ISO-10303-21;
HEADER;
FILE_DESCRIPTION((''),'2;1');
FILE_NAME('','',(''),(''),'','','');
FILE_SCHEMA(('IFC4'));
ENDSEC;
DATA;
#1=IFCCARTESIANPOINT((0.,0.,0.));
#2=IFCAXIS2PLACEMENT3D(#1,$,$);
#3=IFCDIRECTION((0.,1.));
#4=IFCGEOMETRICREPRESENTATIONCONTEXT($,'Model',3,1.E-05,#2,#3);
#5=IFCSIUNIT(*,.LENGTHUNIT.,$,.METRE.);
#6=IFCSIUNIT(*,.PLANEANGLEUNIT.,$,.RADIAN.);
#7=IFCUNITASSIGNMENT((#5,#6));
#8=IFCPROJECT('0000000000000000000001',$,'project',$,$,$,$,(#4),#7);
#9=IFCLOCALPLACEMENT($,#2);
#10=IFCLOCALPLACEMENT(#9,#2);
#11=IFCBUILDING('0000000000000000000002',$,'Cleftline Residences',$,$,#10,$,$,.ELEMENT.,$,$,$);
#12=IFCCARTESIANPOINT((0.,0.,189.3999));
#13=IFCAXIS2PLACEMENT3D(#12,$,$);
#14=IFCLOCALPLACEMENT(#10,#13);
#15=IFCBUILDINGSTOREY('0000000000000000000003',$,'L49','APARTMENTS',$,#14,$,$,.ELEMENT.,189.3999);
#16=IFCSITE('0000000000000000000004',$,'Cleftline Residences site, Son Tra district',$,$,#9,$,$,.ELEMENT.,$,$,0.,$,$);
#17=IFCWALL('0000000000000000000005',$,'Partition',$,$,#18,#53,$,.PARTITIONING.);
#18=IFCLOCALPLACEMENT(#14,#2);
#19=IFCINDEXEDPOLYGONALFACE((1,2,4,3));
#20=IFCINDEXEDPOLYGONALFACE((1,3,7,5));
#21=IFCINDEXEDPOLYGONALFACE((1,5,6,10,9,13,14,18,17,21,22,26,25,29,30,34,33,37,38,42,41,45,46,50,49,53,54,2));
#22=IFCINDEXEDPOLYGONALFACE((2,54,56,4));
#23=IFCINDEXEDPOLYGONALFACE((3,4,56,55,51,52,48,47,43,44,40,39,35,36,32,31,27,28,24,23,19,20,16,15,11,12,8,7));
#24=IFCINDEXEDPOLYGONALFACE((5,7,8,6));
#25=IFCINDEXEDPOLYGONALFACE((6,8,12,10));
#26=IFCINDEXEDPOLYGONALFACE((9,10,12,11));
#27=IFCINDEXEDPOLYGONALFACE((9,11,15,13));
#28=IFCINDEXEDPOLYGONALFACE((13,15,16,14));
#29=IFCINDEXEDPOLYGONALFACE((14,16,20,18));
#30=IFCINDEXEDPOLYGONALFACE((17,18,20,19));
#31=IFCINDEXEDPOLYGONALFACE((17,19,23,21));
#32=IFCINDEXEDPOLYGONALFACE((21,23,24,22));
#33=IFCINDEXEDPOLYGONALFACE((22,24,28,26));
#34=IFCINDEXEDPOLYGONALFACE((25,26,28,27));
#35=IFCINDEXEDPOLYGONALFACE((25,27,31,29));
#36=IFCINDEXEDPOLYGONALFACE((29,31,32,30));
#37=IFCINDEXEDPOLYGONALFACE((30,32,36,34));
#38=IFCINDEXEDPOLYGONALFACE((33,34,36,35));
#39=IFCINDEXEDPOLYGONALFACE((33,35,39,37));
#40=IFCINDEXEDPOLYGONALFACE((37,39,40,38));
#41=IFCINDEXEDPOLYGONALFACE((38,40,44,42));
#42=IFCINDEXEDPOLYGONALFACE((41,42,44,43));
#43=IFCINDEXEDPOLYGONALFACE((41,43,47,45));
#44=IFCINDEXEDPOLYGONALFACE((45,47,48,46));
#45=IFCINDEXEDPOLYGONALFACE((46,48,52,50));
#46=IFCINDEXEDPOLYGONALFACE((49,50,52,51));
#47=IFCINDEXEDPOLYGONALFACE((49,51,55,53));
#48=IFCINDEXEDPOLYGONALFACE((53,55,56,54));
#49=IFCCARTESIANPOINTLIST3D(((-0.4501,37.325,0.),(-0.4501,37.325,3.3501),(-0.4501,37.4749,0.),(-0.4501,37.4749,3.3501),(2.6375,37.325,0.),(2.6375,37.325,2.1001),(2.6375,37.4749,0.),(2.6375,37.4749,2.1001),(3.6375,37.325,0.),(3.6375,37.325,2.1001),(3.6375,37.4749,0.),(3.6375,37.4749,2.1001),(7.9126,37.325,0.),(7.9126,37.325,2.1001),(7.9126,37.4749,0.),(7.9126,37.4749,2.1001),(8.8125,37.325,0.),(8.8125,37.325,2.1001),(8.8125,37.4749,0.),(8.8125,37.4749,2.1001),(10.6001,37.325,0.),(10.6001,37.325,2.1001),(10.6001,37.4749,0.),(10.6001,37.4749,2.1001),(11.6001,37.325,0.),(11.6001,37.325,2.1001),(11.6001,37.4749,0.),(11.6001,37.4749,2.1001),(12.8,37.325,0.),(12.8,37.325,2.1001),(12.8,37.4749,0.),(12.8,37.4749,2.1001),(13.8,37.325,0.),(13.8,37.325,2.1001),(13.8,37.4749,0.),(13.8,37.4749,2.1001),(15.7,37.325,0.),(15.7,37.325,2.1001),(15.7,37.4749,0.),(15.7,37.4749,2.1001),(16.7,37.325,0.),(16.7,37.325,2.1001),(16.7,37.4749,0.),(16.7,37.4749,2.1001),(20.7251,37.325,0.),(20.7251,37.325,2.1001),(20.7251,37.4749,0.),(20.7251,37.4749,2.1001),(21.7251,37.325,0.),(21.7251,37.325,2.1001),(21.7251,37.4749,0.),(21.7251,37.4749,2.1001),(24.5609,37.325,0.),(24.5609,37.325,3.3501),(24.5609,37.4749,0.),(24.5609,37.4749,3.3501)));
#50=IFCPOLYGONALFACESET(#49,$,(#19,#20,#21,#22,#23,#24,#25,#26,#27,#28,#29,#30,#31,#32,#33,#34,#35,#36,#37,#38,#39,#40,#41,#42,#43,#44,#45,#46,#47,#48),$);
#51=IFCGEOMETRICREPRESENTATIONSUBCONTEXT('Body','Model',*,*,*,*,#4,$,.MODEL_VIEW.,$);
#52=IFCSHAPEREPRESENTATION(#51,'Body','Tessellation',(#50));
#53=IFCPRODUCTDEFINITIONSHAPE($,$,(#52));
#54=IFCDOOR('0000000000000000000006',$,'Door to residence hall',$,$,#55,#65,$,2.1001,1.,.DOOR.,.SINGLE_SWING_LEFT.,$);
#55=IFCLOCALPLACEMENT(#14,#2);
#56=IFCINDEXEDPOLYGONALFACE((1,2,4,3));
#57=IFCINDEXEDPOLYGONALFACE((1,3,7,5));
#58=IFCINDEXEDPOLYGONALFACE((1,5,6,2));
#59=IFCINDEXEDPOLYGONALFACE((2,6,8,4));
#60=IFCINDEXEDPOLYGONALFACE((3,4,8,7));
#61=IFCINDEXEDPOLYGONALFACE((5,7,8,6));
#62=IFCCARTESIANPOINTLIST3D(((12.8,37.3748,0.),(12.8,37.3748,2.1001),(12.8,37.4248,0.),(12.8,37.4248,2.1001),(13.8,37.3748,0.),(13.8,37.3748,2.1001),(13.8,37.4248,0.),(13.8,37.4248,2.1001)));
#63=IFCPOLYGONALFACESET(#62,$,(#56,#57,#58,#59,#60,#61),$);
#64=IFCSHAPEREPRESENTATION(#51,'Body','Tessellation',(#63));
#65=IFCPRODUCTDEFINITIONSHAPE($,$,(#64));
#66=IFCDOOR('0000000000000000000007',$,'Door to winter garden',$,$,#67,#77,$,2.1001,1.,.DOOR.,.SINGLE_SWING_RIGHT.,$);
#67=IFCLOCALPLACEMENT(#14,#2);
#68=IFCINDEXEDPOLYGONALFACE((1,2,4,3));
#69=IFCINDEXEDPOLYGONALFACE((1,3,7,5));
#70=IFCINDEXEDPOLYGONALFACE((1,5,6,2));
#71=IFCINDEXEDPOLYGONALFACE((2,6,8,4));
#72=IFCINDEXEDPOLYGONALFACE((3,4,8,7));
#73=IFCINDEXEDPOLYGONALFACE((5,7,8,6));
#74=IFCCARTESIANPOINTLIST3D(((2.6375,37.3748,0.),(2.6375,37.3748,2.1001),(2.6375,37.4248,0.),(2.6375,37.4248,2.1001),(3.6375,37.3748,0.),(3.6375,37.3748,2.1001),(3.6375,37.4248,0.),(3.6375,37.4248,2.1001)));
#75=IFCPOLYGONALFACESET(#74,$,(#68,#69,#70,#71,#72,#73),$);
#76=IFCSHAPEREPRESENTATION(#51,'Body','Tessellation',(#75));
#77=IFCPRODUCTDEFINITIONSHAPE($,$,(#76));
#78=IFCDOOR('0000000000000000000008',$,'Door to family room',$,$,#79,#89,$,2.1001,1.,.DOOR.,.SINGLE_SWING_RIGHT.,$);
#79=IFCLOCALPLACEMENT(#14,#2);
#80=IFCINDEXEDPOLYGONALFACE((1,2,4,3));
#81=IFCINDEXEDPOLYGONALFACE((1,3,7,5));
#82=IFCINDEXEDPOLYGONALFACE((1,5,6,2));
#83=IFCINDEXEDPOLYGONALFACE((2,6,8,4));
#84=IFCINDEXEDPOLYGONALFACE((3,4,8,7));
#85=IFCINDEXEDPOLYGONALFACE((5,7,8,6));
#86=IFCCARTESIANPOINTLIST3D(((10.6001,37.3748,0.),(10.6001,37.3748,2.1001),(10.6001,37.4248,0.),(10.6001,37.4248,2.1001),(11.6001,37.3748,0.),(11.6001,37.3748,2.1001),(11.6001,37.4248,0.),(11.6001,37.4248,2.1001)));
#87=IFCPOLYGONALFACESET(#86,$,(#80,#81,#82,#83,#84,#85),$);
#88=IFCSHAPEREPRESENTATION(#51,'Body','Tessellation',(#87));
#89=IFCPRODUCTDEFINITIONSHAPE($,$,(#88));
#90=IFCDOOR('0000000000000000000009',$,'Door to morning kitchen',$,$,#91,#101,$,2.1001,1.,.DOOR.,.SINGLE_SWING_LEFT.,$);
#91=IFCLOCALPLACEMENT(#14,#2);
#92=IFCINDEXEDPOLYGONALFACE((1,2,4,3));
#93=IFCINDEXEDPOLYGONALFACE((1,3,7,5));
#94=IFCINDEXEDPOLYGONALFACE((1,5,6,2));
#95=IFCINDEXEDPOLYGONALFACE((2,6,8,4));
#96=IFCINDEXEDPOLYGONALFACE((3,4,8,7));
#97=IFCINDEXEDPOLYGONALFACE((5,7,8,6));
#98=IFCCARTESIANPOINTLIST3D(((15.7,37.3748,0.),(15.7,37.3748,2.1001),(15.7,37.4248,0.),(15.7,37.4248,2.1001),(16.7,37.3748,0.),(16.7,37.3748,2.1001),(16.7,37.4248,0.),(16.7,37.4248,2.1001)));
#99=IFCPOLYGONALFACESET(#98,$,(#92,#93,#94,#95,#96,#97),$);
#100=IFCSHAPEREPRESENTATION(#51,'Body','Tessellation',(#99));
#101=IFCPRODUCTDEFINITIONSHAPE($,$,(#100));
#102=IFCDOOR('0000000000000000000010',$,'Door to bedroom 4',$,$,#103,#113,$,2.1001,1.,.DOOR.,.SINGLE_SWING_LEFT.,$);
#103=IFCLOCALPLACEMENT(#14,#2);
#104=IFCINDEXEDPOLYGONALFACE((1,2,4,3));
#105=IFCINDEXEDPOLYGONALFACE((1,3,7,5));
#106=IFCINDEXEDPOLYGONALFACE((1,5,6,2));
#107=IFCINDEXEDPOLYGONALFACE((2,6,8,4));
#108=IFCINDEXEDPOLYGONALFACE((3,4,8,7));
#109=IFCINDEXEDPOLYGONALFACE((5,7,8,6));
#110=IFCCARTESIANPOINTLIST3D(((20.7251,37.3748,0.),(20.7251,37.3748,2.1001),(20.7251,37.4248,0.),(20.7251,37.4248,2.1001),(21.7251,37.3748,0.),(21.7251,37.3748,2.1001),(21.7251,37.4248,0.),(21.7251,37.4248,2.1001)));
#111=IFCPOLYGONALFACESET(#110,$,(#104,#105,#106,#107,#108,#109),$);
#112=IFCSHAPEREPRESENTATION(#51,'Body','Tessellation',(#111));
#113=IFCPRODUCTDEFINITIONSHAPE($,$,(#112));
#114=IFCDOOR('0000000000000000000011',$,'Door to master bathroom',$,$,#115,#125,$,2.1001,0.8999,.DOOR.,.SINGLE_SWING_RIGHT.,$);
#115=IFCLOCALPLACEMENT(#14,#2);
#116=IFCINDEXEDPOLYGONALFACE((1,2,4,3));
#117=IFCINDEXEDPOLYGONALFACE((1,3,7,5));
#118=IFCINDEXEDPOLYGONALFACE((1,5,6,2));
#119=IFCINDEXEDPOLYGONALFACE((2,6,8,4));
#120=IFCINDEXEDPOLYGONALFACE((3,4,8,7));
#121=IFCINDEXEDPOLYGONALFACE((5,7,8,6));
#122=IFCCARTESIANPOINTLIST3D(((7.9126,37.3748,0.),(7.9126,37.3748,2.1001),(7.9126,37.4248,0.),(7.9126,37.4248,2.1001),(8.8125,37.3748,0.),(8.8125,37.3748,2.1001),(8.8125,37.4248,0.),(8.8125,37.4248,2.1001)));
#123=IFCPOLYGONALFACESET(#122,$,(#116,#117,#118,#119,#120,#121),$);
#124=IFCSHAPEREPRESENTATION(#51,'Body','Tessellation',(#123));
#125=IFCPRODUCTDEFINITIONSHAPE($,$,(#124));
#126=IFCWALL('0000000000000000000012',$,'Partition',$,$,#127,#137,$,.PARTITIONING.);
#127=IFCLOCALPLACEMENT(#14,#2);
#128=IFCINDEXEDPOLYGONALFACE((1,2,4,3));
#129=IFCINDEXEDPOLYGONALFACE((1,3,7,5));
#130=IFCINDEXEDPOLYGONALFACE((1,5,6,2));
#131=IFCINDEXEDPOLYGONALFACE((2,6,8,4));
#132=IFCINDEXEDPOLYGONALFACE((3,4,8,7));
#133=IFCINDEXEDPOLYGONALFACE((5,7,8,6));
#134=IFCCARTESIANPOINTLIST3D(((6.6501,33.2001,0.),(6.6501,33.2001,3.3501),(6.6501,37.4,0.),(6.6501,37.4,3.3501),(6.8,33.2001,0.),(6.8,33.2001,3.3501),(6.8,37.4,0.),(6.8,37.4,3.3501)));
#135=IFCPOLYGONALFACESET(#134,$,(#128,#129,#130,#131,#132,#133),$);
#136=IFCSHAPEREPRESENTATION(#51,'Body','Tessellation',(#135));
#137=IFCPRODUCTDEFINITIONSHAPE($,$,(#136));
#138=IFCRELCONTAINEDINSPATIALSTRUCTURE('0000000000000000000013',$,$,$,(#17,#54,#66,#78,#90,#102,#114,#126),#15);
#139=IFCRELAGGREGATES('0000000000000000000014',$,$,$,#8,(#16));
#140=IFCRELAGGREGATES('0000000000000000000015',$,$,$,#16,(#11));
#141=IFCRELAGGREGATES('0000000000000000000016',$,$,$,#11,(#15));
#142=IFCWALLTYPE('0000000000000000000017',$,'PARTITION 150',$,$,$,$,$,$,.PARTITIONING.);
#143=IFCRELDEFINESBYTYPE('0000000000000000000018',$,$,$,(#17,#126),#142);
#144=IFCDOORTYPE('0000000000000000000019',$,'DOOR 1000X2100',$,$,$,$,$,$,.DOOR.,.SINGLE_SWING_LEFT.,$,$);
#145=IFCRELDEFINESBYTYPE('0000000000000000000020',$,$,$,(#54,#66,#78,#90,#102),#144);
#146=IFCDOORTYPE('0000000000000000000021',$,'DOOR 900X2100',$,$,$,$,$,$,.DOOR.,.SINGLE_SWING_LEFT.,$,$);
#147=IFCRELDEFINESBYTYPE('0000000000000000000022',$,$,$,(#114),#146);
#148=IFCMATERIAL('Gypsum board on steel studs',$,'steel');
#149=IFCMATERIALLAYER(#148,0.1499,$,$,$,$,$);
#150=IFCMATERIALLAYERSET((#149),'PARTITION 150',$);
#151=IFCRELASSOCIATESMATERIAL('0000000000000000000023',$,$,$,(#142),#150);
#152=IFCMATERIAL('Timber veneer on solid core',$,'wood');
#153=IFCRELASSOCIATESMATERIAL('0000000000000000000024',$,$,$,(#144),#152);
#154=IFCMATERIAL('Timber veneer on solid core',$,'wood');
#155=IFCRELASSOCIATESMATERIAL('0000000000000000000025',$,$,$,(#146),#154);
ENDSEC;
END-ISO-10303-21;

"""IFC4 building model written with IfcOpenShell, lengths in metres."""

from ifc_helpers import new_model, si_unit, direction, frame, frame_2d, origin, place, context, subcontext, project, spatial, rectangle, extrude, material, layer, layer_set, type_object, element, fill, save


model = new_model("IFC4")

# Units and contexts
model_context = context("Model", 3, precision=1e-05, world=origin(), true_north=direction((0.0, 1.0)))
body_context = subcontext(model_context, "Body", "Model", "MODEL_VIEW")
ifc_project = project(units=[si_unit("LENGTHUNIT", "METRE"), si_unit("PLANEANGLEUNIT", "RADIAN")], contexts=[model_context])

# Site, building, storey
site_placement = place(None, origin())
site = spatial("IfcSite", under=ifc_project, at=site_placement, Name="Cleftline Residences site, Son Tra district", CompositionType="ELEMENT", RefElevation=0.0)
building_placement = place(site_placement, origin())
building = spatial("IfcBuilding", under=site, at=building_placement, Name="Cleftline Residences", CompositionType="ELEMENT")
storey_placement = place(building_placement, frame((0.0, 0.0, 189.3999)))
storey = spatial("IfcBuildingStorey", under=building, at=storey_placement, Name="L49", Description="APARTMENTS", CompositionType="ELEMENT", Elevation=189.3999)

# Shared definitions
ifc_material_1 = material(Name="Gypsum board on steel studs", Category="steel")
ifc_layer = layer(ifc_material_1, 0.1499)
ifc_layer_set = layer_set([ifc_layer], Name="PARTITION 150")
wall_type = type_object("IfcWallType", Name="PARTITION 150", PredefinedType="PARTITIONING", material=ifc_layer_set)

# Wall, openings, doors
wall_1_placement = place(storey_placement, frame((-0.45, 37.3999, 0.0), z_axis=(0.0, 0.0, 1.0), x_axis=(1.0, 0.0, 0.0)))
wall_1 = element("IfcWall", 1, at=wall_1_placement, inside=storey, type_object=wall_type, Name="Partition", PredefinedType="PARTITIONING", context=body_context, shape_type="SweptSolid", body=[
    extrude(rectangle(XDim=25.011, YDim=0.1499, at=frame_2d((12.5054, 0.0))), origin(), (0.0, 0.0, 1.0), 3.3501),
])
opening_1_placement = place(wall_1_placement, frame((13.25, 0.0, 0.0)))
opening_1 = element("IfcOpeningElement", 2, at=opening_1_placement, cuts=wall_1, PredefinedType="OPENING", context=body_context, shape_type="SweptSolid", body=[
    extrude(rectangle(XDim=1.0, YDim=2.1001, at=frame_2d((0.5, 1.05))), frame((0.0, 0.085, 0.0), z_axis=(0.0, -1.0, 0.0), x_axis=(1.0, 0.0, 0.0)), (0.0, 0.0, 1.0), 0.1699),
])
opening_2_placement = place(wall_1_placement, frame((3.0874, 0.0, 0.0)))
opening_2 = element("IfcOpeningElement", 3, at=opening_2_placement, cuts=wall_1, PredefinedType="OPENING", context=body_context, shape_type="SweptSolid", body=[
    extrude(rectangle(XDim=1.0, YDim=2.1001, at=frame_2d((0.5, 1.05))), frame((0.0, 0.085, 0.0), z_axis=(0.0, -1.0, 0.0), x_axis=(1.0, 0.0, 0.0)), (0.0, 0.0, 1.0), 0.1699),
])
opening_3_placement = place(wall_1_placement, frame((8.3625, 0.0, 0.0)))
opening_3 = element("IfcOpeningElement", 4, at=opening_3_placement, cuts=wall_1, PredefinedType="OPENING", context=body_context, shape_type="SweptSolid", body=[
    extrude(rectangle(XDim=0.8999, YDim=2.1001, at=frame_2d((0.45, 1.05))), frame((0.0, 0.085, 0.0), z_axis=(0.0, -1.0, 0.0), x_axis=(1.0, 0.0, 0.0)), (0.0, 0.0, 1.0), 0.1699),
])
opening_4_placement = place(wall_1_placement, frame((11.05, 0.0, 0.0)))
opening_4 = element("IfcOpeningElement", 5, at=opening_4_placement, cuts=wall_1, PredefinedType="OPENING", context=body_context, shape_type="SweptSolid", body=[
    extrude(rectangle(XDim=1.0, YDim=2.1001, at=frame_2d((0.5, 1.05))), frame((0.0, 0.085, 0.0), z_axis=(0.0, -1.0, 0.0), x_axis=(1.0, 0.0, 0.0)), (0.0, 0.0, 1.0), 0.1699),
])
opening_5_placement = place(wall_1_placement, frame((16.1499, 0.0, 0.0)))
opening_5 = element("IfcOpeningElement", 6, at=opening_5_placement, cuts=wall_1, PredefinedType="OPENING", context=body_context, shape_type="SweptSolid", body=[
    extrude(rectangle(XDim=1.0, YDim=2.1001, at=frame_2d((0.5, 1.05))), frame((0.0, 0.085, 0.0), z_axis=(0.0, -1.0, 0.0), x_axis=(1.0, 0.0, 0.0)), (0.0, 0.0, 1.0), 0.1699),
])
opening_6_placement = place(wall_1_placement, frame((21.175, 0.0, 0.0)))
opening_6 = element("IfcOpeningElement", 7, at=opening_6_placement, cuts=wall_1, PredefinedType="OPENING", context=body_context, shape_type="SweptSolid", body=[
    extrude(rectangle(XDim=1.0, YDim=2.1001, at=frame_2d((0.5, 1.05))), frame((0.0, 0.085, 0.0), z_axis=(0.0, -1.0, 0.0), x_axis=(1.0, 0.0, 0.0)), (0.0, 0.0, 1.0), 0.1699),
])
ifc_material_2 = material(Name="Timber veneer on solid core", Category="wood")
door_type_1 = type_object("IfcDoorType", Name="DOOR 1000X2100", OperationType="SINGLE_SWING_LEFT", PredefinedType="DOOR", material=ifc_material_2)
door_1_placement = place(opening_1_placement, origin())
door_1 = element("IfcDoor", 8, at=door_1_placement, inside=storey, type_object=door_type_1, Name="Door to residence hall", OperationType="SINGLE_SWING_LEFT", OverallHeight=2.1001, OverallWidth=1.0, PredefinedType="DOOR", context=body_context, shape_type="SweptSolid", body=[
    extrude(rectangle(XDim=1.0, YDim=2.1001, at=frame_2d((0.5, 1.05))), frame((0.0, 0.0249, 0.0), z_axis=(0.0, -1.0, 0.0), x_axis=(1.0, 0.0, 0.0)), (0.0, 0.0, 1.0), 0.05),
])
fill(opening_1, door_1)
door_2_placement = place(opening_2_placement, origin())
door_2 = element("IfcDoor", 9, at=door_2_placement, inside=storey, type_object=door_type_1, Name="Door to winter garden", OperationType="SINGLE_SWING_RIGHT", OverallHeight=2.1001, OverallWidth=1.0, PredefinedType="DOOR", context=body_context, shape_type="SweptSolid", body=[
    extrude(rectangle(XDim=1.0, YDim=2.1001, at=frame_2d((0.5, 1.05))), frame((0.0, 0.0249, 0.0), z_axis=(0.0, -1.0, 0.0), x_axis=(1.0, 0.0, 0.0)), (0.0, 0.0, 1.0), 0.05),
])
fill(opening_2, door_2)
door_3_placement = place(opening_4_placement, origin())
door_3 = element("IfcDoor", 10, at=door_3_placement, inside=storey, type_object=door_type_1, Name="Door to family room", OperationType="SINGLE_SWING_RIGHT", OverallHeight=2.1001, OverallWidth=1.0, PredefinedType="DOOR", context=body_context, shape_type="SweptSolid", body=[
    extrude(rectangle(XDim=1.0, YDim=2.1001, at=frame_2d((0.5, 1.05))), frame((0.0, 0.0249, 0.0), z_axis=(0.0, -1.0, 0.0), x_axis=(1.0, 0.0, 0.0)), (0.0, 0.0, 1.0), 0.05),
])
fill(opening_4, door_3)
door_4_placement = place(opening_5_placement, origin())
door_4 = element("IfcDoor", 11, at=door_4_placement, inside=storey, type_object=door_type_1, Name="Door to morning kitchen", OperationType="SINGLE_SWING_LEFT", OverallHeight=2.1001, OverallWidth=1.0, PredefinedType="DOOR", context=body_context, shape_type="SweptSolid", body=[
    extrude(rectangle(XDim=1.0, YDim=2.1001, at=frame_2d((0.5, 1.05))), frame((0.0, 0.0249, 0.0), z_axis=(0.0, -1.0, 0.0), x_axis=(1.0, 0.0, 0.0)), (0.0, 0.0, 1.0), 0.05),
])
fill(opening_5, door_4)
door_5_placement = place(opening_6_placement, origin())
door_5 = element("IfcDoor", 12, at=door_5_placement, inside=storey, type_object=door_type_1, Name="Door to bedroom 4", OperationType="SINGLE_SWING_LEFT", OverallHeight=2.1001, OverallWidth=1.0, PredefinedType="DOOR", context=body_context, shape_type="SweptSolid", body=[
    extrude(rectangle(XDim=1.0, YDim=2.1001, at=frame_2d((0.5, 1.05))), frame((0.0, 0.0249, 0.0), z_axis=(0.0, -1.0, 0.0), x_axis=(1.0, 0.0, 0.0)), (0.0, 0.0, 1.0), 0.05),
])
fill(opening_6, door_5)
ifc_material_3 = material(Name="Timber veneer on solid core", Category="wood")
door_type_2 = type_object("IfcDoorType", Name="DOOR 900X2100", OperationType="SINGLE_SWING_LEFT", PredefinedType="DOOR", material=ifc_material_3)
door_6_placement = place(opening_3_placement, origin())
door_6 = element("IfcDoor", 13, at=door_6_placement, inside=storey, type_object=door_type_2, Name="Door to master bathroom", OperationType="SINGLE_SWING_RIGHT", OverallHeight=2.1001, OverallWidth=0.8999, PredefinedType="DOOR", context=body_context, shape_type="SweptSolid", body=[
    extrude(rectangle(XDim=0.8999, YDim=2.1001, at=frame_2d((0.45, 1.05))), frame((0.0, 0.0249, 0.0), z_axis=(0.0, -1.0, 0.0), x_axis=(1.0, 0.0, 0.0)), (0.0, 0.0, 1.0), 0.05),
])
fill(opening_3, door_6)

# Wall
wall_2_placement = place(storey_placement, frame((6.7251, 33.2, 0.0), z_axis=(0.0, 0.0, 1.0), x_axis=(0.0, 1.0, 0.0)))
element("IfcWall", 14, at=wall_2_placement, inside=storey, type_object=wall_type, Name="Partition", PredefinedType="PARTITIONING", context=body_context, shape_type="SweptSolid", body=[
    extrude(rectangle(XDim=4.2, YDim=0.1499, at=frame_2d((2.1001, 0.0))), origin(), (0.0, 0.0, 1.0), 3.3501),
])

save(model, "model.ifc")
